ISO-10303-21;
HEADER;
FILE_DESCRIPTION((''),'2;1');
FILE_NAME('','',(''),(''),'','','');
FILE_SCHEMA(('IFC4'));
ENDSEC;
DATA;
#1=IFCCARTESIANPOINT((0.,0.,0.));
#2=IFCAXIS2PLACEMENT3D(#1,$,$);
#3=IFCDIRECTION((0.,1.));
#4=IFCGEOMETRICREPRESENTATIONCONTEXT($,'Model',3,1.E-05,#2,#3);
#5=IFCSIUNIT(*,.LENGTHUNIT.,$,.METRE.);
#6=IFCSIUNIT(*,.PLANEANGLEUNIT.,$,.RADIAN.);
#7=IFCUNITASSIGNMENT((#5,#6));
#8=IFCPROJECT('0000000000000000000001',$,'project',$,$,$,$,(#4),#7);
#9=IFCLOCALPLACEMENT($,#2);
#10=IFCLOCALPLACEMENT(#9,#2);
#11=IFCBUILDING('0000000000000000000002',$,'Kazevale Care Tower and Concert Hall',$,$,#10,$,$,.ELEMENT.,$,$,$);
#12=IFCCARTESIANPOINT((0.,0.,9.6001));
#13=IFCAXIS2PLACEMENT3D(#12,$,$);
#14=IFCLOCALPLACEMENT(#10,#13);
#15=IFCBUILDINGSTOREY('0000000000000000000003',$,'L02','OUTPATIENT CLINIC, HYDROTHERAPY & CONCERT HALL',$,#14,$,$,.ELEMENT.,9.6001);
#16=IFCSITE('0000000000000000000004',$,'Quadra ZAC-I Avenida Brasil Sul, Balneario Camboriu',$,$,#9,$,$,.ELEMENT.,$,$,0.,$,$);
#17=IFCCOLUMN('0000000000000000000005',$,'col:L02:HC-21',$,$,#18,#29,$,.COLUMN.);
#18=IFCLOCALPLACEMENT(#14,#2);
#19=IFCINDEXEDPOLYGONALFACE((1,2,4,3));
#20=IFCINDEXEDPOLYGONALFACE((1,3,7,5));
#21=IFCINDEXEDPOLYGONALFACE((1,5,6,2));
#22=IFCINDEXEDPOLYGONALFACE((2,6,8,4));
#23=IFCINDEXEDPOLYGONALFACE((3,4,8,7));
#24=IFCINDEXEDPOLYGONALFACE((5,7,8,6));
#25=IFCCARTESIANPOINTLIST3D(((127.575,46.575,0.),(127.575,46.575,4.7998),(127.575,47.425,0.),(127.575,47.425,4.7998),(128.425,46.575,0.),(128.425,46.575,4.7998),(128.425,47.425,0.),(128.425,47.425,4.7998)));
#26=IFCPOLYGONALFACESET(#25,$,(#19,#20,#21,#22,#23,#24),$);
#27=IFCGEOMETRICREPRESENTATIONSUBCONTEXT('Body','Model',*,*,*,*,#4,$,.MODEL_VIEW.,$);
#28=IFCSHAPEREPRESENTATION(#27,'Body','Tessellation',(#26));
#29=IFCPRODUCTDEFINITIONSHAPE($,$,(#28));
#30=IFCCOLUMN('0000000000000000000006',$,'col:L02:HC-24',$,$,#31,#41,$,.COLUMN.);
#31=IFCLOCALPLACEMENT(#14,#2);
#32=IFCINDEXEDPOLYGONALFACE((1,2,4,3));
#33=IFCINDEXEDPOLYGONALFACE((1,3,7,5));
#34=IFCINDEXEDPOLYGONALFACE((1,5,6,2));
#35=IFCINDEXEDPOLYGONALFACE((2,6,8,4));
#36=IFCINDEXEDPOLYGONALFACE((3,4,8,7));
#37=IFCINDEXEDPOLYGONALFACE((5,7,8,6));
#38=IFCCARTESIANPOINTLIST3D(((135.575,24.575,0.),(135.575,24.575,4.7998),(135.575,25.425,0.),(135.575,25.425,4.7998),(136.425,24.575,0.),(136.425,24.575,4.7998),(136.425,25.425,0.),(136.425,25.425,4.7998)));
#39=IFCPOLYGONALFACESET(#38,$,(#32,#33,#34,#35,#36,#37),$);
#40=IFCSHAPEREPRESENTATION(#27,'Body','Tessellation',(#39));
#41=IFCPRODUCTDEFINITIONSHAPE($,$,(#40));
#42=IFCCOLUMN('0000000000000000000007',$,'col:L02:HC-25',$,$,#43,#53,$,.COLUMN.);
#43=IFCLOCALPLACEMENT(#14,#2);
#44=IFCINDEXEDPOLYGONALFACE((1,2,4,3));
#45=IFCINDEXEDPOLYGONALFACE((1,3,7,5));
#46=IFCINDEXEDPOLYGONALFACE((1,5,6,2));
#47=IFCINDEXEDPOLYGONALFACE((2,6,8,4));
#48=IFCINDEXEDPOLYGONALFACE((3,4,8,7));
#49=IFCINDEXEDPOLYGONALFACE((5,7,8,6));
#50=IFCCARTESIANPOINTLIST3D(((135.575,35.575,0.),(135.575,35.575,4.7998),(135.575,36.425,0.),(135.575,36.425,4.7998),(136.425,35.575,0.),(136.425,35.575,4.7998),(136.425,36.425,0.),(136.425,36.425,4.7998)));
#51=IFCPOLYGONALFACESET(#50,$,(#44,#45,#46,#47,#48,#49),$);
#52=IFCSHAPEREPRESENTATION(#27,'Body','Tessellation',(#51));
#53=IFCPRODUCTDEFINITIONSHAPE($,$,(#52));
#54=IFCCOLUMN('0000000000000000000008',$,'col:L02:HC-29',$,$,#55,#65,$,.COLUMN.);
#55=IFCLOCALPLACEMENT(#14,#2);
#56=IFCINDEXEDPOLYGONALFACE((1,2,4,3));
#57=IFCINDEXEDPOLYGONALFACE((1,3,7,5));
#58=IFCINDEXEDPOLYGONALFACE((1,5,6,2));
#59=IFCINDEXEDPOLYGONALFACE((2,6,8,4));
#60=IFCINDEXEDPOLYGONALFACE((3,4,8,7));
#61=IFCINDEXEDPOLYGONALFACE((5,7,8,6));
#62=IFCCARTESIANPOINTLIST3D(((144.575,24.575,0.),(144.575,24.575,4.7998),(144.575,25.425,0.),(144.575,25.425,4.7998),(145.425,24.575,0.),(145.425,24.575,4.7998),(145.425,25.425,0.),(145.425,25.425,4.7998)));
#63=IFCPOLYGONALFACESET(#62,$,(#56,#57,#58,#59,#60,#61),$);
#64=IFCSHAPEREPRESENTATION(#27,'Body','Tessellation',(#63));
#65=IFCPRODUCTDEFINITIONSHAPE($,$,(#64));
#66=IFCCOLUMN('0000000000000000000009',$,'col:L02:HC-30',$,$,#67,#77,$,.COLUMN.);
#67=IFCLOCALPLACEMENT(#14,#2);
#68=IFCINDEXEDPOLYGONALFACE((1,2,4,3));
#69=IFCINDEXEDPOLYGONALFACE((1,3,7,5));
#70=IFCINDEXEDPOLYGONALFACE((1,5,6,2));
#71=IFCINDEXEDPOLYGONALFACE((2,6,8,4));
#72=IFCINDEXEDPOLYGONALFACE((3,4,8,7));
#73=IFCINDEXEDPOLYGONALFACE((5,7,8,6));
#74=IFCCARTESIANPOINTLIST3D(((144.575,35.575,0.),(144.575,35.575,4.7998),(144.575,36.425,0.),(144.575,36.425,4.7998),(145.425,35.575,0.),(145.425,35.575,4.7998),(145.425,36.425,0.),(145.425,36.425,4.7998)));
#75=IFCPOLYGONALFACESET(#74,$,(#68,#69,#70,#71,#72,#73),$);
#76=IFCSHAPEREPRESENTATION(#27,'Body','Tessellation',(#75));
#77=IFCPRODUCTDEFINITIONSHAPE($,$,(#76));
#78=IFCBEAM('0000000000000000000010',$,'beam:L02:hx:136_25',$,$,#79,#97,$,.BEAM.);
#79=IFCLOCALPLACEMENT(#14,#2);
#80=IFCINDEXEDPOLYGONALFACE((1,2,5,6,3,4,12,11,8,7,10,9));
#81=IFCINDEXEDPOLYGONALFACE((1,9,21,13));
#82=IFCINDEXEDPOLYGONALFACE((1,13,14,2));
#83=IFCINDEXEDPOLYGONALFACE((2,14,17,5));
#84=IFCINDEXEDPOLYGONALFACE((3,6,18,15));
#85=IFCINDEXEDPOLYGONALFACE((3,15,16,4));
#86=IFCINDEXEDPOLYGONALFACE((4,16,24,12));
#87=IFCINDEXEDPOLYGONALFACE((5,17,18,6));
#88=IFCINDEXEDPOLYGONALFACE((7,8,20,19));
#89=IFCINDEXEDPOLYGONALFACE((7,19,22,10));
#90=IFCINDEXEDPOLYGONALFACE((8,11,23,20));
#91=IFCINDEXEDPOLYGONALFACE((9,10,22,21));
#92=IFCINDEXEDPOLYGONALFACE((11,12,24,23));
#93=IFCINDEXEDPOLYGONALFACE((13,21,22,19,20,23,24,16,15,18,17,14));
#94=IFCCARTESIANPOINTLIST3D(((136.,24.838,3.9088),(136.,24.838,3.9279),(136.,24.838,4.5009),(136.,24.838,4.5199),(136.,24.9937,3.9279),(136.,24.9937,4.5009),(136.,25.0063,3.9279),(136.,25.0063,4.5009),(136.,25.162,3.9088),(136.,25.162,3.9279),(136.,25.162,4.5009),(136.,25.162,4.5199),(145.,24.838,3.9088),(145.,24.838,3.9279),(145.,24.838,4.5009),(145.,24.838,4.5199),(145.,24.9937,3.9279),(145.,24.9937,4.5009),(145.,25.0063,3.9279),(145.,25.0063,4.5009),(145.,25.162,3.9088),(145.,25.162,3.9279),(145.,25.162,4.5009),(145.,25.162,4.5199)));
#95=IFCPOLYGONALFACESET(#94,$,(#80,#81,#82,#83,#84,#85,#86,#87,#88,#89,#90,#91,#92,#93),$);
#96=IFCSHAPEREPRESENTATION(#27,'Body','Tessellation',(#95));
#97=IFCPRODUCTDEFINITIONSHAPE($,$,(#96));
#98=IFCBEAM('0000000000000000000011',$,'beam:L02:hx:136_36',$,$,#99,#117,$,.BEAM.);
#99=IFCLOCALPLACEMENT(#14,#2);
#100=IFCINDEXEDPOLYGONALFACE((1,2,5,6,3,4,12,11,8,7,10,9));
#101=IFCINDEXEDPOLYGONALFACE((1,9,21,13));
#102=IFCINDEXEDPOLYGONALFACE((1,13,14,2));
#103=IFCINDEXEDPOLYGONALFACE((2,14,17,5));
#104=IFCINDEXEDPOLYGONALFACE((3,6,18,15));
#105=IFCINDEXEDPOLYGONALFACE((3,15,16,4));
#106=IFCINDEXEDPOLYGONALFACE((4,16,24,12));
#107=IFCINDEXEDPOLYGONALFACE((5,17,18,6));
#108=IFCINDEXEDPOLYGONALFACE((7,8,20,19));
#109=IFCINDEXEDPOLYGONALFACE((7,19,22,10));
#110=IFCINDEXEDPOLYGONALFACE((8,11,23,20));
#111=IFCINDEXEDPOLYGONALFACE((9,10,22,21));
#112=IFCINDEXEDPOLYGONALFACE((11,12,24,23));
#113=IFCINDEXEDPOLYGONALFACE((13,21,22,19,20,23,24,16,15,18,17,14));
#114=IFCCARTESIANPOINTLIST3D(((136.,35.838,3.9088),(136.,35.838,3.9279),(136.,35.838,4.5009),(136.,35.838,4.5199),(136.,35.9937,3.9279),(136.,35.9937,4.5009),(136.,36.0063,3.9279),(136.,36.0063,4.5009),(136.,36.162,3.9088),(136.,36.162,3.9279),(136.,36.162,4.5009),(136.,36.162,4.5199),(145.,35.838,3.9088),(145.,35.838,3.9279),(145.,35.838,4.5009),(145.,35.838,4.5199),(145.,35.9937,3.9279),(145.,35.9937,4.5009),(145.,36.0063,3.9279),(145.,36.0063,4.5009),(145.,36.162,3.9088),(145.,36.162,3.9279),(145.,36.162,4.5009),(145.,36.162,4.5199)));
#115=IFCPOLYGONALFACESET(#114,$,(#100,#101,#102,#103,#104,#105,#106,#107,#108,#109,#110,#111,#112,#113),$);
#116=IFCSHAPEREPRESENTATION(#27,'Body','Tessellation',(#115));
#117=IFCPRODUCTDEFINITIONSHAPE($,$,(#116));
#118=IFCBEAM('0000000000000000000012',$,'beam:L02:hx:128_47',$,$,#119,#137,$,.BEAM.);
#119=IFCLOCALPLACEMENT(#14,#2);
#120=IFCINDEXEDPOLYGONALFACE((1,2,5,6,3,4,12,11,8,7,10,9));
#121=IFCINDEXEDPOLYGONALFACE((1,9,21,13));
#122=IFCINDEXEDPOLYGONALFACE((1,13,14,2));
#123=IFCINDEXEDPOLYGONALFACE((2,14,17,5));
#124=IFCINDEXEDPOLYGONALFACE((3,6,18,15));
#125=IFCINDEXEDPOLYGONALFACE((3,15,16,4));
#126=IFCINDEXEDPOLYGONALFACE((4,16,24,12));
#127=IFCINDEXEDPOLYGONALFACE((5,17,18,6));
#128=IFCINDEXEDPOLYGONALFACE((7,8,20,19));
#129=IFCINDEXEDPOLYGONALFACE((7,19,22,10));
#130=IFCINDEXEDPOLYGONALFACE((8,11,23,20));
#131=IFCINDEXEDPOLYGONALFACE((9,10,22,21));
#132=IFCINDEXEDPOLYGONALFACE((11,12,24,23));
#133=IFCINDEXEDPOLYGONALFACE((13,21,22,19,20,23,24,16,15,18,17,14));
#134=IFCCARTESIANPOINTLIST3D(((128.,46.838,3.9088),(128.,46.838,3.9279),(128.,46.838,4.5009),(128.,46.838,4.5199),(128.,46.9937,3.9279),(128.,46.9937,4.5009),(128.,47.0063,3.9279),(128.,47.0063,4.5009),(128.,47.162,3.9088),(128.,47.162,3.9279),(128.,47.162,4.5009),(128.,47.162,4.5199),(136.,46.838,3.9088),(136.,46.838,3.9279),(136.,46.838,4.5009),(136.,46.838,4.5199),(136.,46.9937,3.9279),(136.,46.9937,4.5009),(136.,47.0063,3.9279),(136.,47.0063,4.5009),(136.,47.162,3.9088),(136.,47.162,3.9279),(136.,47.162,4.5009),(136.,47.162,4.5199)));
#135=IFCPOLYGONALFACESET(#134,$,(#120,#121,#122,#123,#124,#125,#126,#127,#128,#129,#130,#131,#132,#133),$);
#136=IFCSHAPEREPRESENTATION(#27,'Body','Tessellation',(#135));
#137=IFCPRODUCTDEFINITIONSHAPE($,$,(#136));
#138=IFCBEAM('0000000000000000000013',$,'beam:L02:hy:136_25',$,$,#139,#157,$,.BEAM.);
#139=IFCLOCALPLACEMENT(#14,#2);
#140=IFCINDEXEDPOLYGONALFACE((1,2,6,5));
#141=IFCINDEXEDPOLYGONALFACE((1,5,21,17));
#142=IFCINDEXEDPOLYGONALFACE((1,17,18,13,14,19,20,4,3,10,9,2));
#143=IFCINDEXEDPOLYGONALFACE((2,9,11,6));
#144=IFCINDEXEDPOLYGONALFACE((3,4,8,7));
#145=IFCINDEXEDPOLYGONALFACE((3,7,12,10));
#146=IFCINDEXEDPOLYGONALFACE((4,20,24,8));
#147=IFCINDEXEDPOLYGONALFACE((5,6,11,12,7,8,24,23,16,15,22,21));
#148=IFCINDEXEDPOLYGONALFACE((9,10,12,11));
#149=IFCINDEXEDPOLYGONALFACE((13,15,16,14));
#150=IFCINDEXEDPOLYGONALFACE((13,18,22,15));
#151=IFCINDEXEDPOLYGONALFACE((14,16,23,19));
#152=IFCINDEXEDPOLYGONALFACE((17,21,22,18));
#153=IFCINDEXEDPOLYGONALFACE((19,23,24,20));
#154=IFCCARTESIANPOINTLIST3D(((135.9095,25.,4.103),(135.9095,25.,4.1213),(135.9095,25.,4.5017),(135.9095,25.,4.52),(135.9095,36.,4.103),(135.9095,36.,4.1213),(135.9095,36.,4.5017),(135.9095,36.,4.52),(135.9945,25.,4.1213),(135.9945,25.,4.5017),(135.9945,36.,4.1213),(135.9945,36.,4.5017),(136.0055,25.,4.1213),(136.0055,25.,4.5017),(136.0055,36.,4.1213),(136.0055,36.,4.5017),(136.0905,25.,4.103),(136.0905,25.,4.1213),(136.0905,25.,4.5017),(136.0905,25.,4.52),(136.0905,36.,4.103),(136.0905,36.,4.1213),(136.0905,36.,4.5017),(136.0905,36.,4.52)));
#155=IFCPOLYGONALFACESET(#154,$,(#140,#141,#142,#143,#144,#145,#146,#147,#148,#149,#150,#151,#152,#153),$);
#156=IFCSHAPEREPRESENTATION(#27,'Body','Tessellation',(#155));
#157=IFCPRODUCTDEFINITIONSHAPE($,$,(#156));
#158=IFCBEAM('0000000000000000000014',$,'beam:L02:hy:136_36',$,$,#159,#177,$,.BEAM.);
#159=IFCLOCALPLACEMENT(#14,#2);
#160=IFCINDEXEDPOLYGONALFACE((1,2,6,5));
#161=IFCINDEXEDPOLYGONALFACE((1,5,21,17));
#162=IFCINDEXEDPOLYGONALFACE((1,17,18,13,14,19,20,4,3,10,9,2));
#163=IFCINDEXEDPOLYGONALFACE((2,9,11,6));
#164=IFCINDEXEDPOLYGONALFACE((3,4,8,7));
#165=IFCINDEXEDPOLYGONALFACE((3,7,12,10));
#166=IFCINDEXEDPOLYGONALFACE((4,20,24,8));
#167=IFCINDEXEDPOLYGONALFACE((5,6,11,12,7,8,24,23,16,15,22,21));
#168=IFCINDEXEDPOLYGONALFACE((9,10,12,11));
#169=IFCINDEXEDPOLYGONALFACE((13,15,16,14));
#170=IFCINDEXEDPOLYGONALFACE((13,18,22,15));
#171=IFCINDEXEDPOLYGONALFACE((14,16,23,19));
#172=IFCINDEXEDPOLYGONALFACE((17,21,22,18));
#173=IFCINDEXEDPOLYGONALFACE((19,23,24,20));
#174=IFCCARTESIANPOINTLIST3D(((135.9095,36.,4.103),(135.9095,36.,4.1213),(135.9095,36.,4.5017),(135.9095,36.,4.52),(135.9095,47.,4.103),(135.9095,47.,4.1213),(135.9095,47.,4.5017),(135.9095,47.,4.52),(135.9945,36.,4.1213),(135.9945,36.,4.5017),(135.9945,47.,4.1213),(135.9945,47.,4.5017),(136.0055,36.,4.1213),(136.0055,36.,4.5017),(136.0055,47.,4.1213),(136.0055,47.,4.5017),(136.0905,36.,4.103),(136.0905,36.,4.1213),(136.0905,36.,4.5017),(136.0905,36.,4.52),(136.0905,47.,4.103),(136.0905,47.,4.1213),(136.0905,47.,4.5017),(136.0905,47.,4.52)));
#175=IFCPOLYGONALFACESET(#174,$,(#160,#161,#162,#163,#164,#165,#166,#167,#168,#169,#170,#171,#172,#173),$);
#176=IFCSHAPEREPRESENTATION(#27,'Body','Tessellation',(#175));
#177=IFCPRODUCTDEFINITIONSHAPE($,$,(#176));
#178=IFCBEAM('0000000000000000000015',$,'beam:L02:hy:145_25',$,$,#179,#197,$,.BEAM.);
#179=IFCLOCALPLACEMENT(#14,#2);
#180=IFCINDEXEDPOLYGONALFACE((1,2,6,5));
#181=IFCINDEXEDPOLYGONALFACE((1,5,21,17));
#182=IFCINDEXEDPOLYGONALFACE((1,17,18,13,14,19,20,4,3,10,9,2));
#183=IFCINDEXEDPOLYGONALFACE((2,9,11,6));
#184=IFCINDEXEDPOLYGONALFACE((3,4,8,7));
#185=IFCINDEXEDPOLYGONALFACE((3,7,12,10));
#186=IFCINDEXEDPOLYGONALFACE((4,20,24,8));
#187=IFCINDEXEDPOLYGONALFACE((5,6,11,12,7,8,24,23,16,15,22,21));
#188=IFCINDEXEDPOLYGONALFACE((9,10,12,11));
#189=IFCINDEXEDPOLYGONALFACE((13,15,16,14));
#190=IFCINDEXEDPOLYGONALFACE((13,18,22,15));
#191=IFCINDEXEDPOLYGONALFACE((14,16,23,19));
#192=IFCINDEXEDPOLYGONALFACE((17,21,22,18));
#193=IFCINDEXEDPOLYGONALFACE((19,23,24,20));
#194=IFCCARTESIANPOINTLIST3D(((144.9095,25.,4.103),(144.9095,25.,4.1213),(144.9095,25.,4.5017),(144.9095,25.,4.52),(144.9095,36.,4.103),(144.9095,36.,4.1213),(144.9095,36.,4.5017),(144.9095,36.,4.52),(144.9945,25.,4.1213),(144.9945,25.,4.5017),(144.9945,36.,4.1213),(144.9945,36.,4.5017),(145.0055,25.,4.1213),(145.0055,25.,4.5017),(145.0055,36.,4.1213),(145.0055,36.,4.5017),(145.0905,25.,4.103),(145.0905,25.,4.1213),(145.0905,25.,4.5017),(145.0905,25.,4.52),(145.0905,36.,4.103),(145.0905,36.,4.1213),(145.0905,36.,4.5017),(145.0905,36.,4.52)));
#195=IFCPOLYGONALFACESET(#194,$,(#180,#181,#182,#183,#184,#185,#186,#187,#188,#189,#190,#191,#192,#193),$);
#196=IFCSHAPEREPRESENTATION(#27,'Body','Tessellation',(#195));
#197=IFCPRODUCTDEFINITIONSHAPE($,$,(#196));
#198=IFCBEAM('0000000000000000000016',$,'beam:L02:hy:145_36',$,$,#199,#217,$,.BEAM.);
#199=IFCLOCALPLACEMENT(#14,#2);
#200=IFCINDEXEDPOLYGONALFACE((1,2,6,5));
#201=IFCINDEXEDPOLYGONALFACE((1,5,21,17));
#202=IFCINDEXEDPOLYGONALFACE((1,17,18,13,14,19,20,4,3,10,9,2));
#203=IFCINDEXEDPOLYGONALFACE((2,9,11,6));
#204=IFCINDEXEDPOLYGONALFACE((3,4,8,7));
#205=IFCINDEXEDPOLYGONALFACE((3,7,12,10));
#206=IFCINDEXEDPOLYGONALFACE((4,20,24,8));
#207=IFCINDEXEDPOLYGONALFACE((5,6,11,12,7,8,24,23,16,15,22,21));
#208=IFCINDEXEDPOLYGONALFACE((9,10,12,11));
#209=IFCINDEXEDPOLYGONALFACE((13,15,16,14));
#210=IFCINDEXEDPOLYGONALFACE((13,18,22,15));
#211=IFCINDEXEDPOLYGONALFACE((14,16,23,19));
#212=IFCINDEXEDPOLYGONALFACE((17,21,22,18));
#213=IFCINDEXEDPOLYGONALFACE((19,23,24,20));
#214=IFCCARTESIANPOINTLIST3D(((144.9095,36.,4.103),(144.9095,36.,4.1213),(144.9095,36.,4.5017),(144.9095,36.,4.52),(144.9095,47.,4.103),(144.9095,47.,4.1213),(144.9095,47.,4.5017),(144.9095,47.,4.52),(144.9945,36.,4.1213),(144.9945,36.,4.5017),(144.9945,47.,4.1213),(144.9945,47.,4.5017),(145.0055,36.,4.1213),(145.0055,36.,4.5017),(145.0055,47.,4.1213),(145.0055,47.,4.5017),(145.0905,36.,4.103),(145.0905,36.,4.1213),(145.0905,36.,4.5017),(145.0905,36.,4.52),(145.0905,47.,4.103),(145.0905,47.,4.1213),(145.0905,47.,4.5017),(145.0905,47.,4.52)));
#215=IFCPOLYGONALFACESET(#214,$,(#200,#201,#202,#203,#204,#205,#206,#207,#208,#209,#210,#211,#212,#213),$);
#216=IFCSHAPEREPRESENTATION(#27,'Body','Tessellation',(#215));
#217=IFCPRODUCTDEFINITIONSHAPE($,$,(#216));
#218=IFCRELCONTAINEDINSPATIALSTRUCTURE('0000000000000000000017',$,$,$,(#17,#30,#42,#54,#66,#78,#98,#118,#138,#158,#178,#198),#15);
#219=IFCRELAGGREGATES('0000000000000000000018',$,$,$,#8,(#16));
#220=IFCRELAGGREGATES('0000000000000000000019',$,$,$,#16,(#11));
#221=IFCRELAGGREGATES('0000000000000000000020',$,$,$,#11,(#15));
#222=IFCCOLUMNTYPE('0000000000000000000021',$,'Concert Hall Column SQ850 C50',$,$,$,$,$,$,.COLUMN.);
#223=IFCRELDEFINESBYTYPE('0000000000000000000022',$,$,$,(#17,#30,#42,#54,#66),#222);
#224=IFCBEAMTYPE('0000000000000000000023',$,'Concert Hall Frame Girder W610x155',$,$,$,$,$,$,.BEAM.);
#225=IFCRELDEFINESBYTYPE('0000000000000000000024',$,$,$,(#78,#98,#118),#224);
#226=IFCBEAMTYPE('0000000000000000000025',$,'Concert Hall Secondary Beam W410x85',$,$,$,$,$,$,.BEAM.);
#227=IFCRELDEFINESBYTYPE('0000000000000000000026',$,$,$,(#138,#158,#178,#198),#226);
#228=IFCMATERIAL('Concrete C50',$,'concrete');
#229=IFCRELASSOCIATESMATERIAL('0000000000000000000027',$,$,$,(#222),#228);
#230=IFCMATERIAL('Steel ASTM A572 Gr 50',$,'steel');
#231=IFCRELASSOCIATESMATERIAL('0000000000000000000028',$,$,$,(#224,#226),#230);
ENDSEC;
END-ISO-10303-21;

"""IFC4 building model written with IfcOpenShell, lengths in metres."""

from ifc_helpers import new_model, si_unit, direction, frame, origin, origin_2d, place, context, subcontext, project, spatial, rectangle, i_section, extrude, material, material_profile, profile_set, type_object, element, save


model = new_model("IFC4")

# Units and contexts
model_context = context("Model", 3, precision=1e-05, world=origin(), true_north=direction((0.0, 1.0)))
body_context = subcontext(model_context, "Body", "Model", "MODEL_VIEW")
ifc_project = project(units=[si_unit("LENGTHUNIT", "METRE"), si_unit("PLANEANGLEUNIT", "RADIAN")], contexts=[model_context])

# Site, building, storey
site_placement = place(None, origin())
site = spatial("IfcSite", under=ifc_project, at=site_placement, Name="Quadra ZAC-I Avenida Brasil Sul, Balneario Camboriu", CompositionType="ELEMENT", RefElevation=0.0)
building_placement = place(site_placement, origin())
building = spatial("IfcBuilding", under=site, at=building_placement, Name="Kazevale Care Tower and Concert Hall", CompositionType="ELEMENT")
storey_placement = place(building_placement, frame((0.0, 0.0, 9.6001)))
storey = spatial("IfcBuildingStorey", under=building, at=storey_placement, Name="L02", Description="OUTPATIENT CLINIC, HYDROTHERAPY & CONCERT HALL", CompositionType="ELEMENT", Elevation=9.6001)

# Columns
ifc_material_1 = material(Name="Concrete C50", Category="concrete")
ifc_material_profile_1 = material_profile(ifc_material_1, rectangle(XDim=0.8501, YDim=0.8501, at=origin_2d()), Name="RC-SQ850")
ifc_profile_set_1 = profile_set([ifc_material_profile_1], Name="Concrete C50")
column_type = type_object("IfcColumnType", Name="Concert Hall Column SQ850 C50", PredefinedType="COLUMN", material=ifc_profile_set_1)
for number, where, z_axis, x_axis, name in (
    (1, (128.0, 47.0, 0.0), (0.0, 0.0, 1.0), (1.0, 0.0, 0.0), "col:L02:HC-21"),
    (2, (136.0, 25.0, 0.0), (0.0, 0.0, 1.0), (1.0, 0.0, 0.0), "col:L02:HC-24"),
    (3, (136.0, 36.0, 0.0), (0.0, 0.0, 1.0), (1.0, 0.0, 0.0), "col:L02:HC-25"),
    (4, (145.0, 25.0, 0.0), (0.0, 0.0, 1.0), (1.0, 0.0, 0.0), "col:L02:HC-29"),
    (5, (145.0, 36.0, 0.0), (0.0, 0.0, 1.0), (1.0, 0.0, 0.0), "col:L02:HC-30"),
):
    element("IfcColumn", number, at=place(storey_placement, frame(where, z_axis=z_axis, x_axis=x_axis)), inside=storey, type_object=column_type, Name=name, PredefinedType="COLUMN", context=body_context, shape_type="SweptSolid", body=[
        extrude(rectangle(XDim=0.8501, YDim=0.8501, at=origin_2d()), origin(), (0.0, 0.0, 1.0), 4.7998),
    ])

# Beams
ifc_material_2 = material(Name="Steel ASTM A572 Gr 50", Category="steel")
ifc_material_profile_2 = material_profile(ifc_material_2, i_section(OverallWidth=0.324, OverallDepth=0.6111, WebThickness=0.0127, FlangeThickness=0.019, at=origin_2d()), Name="W610x155")
ifc_profile_set_2 = profile_set([ifc_material_profile_2], Name="Steel ASTM A572 Gr 50")
beam_type_1 = type_object("IfcBeamType", Name="Concert Hall Frame Girder W610x155", PredefinedType="BEAM", material=ifc_profile_set_2)
for number, where, z_axis, x_axis, name in (
    (6, (136.0, 25.0, 4.2144), (1.0, 0.0, 0.0), (0.0, 1.0, 0.0), "beam:L02:hx:136_25"),
    (7, (136.0, 36.0, 4.2144), (1.0, 0.0, 0.0), (0.0, 1.0, 0.0), "beam:L02:hx:136_36"),
):
    element("IfcBeam", number, at=place(storey_placement, frame(where, z_axis=z_axis, x_axis=x_axis)), inside=storey, type_object=beam_type_1, Name=name, PredefinedType="BEAM", context=body_context, shape_type="SweptSolid", body=[
        extrude(i_section(OverallWidth=0.324, OverallDepth=0.6111, WebThickness=0.0127, FlangeThickness=0.019, at=origin_2d()), origin(), (0.0, 0.0, 1.0), 9.0),
    ])
beam_placement = place(storey_placement, frame((128.0, 47.0, 4.2144), z_axis=(1.0, 0.0, 0.0), x_axis=(0.0, 1.0, 0.0)))
element("IfcBeam", 8, at=beam_placement, inside=storey, type_object=beam_type_1, Name="beam:L02:hx:128_47", PredefinedType="BEAM", context=body_context, shape_type="SweptSolid", body=[
    extrude(i_section(OverallWidth=0.324, OverallDepth=0.6111, WebThickness=0.0127, FlangeThickness=0.019, at=origin_2d()), origin(), (0.0, 0.0, 1.0), 8.0),
])
ifc_material_profile_3 = material_profile(ifc_material_2, i_section(OverallWidth=0.1809, OverallDepth=0.417, WebThickness=0.011, FlangeThickness=0.0183, at=origin_2d()), Name="W410x85")
ifc_profile_set_3 = profile_set([ifc_material_profile_3], Name="Steel ASTM A572 Gr 50")
beam_type_2 = type_object("IfcBeamType", Name="Concert Hall Secondary Beam W410x85", PredefinedType="BEAM", material=ifc_profile_set_3)
for number, where, z_axis, x_axis, name in (
    (9, (136.0, 25.0, 4.3115), (0.0, 1.0, 0.0), (-1.0, 0.0, 0.0), "beam:L02:hy:136_25"),
    (10, (136.0, 36.0, 4.3115), (0.0, 1.0, 0.0), (-1.0, 0.0, 0.0), "beam:L02:hy:136_36"),
    (11, (145.0, 25.0, 4.3115), (0.0, 1.0, 0.0), (-1.0, 0.0, 0.0), "beam:L02:hy:145_25"),
    (12, (145.0, 36.0, 4.3115), (0.0, 1.0, 0.0), (-1.0, 0.0, 0.0), "beam:L02:hy:145_36"),
):
    element("IfcBeam", number, at=place(storey_placement, frame(where, z_axis=z_axis, x_axis=x_axis)), inside=storey, type_object=beam_type_2, Name=name, PredefinedType="BEAM", context=body_context, shape_type="SweptSolid", body=[
        extrude(i_section(OverallWidth=0.1809, OverallDepth=0.417, WebThickness=0.011, FlangeThickness=0.0183, at=origin_2d()), origin(), (0.0, 0.0, 1.0), 11.0),
    ])

save(model, "model.ifc")
